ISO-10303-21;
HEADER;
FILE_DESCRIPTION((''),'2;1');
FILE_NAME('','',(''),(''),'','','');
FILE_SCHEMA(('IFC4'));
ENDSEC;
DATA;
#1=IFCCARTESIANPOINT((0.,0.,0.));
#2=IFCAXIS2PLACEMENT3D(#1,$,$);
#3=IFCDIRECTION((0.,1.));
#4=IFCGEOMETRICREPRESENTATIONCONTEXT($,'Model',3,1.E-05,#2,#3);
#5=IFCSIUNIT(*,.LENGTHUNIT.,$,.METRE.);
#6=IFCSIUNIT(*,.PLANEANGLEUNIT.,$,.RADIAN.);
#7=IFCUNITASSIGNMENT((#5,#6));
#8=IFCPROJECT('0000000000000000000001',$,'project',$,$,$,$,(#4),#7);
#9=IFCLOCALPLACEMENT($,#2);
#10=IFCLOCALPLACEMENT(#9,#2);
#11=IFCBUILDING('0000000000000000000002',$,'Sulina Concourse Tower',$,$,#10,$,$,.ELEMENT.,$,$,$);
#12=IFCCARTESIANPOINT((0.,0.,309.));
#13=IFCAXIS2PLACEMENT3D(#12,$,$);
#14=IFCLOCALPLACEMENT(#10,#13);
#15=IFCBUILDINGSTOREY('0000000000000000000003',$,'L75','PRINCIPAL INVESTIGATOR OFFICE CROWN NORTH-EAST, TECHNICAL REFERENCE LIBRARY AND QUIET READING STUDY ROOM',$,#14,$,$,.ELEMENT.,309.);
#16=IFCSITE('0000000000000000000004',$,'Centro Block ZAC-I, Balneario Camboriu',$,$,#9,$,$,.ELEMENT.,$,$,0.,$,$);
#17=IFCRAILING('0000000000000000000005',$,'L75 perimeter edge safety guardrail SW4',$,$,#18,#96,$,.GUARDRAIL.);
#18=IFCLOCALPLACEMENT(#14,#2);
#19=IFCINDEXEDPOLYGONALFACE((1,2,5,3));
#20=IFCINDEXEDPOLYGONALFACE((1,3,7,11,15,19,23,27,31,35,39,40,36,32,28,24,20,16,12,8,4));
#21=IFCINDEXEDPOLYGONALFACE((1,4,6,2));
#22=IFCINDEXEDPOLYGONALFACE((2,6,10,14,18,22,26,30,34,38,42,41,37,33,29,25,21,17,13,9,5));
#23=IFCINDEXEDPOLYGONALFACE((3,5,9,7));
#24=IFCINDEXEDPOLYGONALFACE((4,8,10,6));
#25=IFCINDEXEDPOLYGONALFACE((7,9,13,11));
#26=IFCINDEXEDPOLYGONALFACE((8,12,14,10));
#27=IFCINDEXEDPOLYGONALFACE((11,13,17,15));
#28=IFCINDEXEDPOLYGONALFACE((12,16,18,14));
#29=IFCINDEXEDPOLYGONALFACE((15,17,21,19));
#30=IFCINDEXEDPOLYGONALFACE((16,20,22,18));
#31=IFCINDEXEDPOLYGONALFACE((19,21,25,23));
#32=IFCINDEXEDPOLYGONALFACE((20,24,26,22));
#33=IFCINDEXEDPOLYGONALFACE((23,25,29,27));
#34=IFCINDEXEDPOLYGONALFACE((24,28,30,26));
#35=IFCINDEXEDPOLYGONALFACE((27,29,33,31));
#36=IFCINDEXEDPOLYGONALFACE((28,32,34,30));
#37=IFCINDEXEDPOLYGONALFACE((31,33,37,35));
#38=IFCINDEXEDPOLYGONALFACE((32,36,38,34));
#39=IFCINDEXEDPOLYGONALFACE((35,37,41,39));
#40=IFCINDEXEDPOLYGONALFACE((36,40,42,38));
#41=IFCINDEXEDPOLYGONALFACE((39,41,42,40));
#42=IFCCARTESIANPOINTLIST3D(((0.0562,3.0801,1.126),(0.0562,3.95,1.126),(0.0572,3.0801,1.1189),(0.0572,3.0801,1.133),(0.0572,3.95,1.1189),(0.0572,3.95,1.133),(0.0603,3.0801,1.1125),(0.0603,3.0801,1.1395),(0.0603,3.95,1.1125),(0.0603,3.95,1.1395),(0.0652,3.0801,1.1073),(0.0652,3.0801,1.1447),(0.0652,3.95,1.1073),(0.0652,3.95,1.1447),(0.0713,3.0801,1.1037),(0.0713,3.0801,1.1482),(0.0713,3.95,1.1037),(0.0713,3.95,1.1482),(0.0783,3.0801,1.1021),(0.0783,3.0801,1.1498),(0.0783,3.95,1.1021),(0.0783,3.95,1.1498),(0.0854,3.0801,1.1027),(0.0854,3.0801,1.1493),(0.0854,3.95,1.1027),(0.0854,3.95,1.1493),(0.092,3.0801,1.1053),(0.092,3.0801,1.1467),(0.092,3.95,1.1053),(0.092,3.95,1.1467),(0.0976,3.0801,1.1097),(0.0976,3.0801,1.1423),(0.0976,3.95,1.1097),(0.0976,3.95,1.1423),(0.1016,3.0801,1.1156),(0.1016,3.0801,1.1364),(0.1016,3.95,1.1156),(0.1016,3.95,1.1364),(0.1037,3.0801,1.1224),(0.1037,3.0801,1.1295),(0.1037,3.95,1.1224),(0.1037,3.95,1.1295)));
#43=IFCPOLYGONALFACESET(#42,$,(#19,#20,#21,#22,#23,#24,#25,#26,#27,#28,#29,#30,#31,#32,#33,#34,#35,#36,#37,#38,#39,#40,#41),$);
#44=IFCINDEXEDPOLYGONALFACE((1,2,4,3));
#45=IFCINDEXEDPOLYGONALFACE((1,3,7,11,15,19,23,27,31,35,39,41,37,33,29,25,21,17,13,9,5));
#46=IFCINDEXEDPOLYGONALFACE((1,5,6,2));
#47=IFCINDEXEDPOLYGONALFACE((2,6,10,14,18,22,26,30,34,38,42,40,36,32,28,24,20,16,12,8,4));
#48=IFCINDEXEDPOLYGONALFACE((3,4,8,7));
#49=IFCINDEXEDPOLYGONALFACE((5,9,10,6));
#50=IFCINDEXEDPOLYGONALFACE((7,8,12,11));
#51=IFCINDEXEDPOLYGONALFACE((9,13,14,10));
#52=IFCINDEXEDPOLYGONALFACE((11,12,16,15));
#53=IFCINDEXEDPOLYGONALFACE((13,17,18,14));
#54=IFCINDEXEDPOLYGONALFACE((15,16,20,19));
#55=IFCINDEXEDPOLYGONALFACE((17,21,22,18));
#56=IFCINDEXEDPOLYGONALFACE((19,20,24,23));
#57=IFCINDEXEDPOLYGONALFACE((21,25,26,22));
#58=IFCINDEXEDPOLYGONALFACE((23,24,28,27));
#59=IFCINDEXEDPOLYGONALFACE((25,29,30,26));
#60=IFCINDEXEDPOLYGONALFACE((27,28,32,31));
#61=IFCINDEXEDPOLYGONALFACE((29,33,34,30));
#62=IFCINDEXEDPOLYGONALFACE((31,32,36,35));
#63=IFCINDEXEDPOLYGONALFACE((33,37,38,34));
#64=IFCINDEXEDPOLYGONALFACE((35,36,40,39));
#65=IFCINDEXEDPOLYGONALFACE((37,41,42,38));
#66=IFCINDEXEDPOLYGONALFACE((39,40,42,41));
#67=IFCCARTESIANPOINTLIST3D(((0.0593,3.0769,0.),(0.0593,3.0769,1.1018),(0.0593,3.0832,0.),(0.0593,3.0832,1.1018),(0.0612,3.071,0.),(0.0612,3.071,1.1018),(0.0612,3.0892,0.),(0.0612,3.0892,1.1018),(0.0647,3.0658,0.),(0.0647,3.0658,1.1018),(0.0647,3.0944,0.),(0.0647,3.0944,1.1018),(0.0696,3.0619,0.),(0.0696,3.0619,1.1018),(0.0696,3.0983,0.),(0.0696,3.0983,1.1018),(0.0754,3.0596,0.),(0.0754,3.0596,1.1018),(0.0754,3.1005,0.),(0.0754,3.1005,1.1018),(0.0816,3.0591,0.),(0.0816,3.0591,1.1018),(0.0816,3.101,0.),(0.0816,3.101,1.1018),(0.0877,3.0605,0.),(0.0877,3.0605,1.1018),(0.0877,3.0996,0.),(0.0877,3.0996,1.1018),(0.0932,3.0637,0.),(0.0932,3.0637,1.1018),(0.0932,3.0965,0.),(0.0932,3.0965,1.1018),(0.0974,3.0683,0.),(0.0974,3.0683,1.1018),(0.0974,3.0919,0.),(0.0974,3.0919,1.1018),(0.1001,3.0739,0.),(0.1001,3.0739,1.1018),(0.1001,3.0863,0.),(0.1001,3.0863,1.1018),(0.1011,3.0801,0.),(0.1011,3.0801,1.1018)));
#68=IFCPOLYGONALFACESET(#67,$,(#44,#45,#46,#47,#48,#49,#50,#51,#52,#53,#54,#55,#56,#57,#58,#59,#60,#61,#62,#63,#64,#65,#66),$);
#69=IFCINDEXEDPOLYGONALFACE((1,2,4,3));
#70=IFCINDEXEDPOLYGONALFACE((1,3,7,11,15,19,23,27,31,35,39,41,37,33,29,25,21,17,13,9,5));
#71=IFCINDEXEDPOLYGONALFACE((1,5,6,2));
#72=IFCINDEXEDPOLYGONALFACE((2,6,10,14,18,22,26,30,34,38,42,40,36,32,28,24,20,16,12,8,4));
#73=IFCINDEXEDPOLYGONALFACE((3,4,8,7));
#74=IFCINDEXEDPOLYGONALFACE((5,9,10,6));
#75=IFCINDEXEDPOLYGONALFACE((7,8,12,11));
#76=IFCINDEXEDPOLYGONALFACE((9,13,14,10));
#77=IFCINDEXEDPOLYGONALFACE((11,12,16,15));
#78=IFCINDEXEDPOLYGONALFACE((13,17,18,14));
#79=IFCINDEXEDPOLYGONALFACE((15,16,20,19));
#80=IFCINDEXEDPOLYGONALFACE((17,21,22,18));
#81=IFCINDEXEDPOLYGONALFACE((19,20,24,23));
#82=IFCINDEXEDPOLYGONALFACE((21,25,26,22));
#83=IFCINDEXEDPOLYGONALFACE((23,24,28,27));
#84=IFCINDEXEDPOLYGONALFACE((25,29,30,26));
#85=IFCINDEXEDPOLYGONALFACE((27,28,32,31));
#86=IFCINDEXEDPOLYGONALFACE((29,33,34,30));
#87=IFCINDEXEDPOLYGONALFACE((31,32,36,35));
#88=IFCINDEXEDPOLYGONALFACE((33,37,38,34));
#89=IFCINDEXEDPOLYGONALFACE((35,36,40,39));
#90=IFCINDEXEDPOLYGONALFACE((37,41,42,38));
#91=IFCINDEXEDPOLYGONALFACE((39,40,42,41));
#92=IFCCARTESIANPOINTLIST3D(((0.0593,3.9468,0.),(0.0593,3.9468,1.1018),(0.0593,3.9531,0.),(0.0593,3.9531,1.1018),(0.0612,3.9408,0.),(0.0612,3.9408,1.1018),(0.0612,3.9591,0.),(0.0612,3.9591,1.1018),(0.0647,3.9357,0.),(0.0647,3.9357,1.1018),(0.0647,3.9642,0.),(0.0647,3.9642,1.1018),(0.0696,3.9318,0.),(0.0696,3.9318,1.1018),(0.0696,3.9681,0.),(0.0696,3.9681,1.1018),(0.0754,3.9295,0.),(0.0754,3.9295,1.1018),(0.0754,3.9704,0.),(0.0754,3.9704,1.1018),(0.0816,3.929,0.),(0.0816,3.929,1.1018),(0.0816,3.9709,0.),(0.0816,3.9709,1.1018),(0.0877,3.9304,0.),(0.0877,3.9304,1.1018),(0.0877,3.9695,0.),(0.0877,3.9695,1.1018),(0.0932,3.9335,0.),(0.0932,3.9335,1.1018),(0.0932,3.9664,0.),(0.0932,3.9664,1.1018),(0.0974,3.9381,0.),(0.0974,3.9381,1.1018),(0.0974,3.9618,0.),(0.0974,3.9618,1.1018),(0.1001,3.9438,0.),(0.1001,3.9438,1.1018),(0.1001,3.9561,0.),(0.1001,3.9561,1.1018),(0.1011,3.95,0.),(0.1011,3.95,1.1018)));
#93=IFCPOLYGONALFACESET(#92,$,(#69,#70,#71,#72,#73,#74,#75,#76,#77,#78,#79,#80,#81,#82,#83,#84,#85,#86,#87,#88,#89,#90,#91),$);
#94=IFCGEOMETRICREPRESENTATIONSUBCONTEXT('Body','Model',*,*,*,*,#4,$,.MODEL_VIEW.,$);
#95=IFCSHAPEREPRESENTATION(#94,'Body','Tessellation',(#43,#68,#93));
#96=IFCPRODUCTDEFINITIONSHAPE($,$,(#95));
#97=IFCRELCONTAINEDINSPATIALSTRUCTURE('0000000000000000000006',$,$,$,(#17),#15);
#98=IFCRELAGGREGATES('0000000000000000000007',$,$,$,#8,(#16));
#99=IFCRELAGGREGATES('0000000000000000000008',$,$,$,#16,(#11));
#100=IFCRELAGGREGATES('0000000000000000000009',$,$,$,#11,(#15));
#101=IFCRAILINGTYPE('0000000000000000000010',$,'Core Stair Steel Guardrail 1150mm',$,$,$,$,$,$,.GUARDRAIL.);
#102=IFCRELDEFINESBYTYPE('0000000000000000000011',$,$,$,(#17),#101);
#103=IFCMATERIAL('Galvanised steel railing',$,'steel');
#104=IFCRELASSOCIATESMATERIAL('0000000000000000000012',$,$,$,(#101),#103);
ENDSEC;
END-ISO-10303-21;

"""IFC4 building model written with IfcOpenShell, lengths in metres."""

from ifc_helpers import new_model, si_unit, direction, frame, origin, origin_2d, place, context, subcontext, project, spatial, circle, extrude, material, type_object, element, save


model = new_model("IFC4")

# Units and contexts
model_context = context("Model", 3, precision=1e-05, world=origin(), true_north=direction((0.0, 1.0)))
body_context = subcontext(model_context, "Body", "Model", "MODEL_VIEW")
ifc_project = project(units=[si_unit("LENGTHUNIT", "METRE"), si_unit("PLANEANGLEUNIT", "RADIAN")], contexts=[model_context])

# Site, building, storey
site_placement = place(None, origin())
site = spatial("IfcSite", under=ifc_project, at=site_placement, Name="Centro Block ZAC-I, Balneario Camboriu", CompositionType="ELEMENT", RefElevation=0.0)
building_placement = place(site_placement, origin())
building = spatial("IfcBuilding", under=site, at=building_placement, Name="Sulina Concourse Tower", CompositionType="ELEMENT")
storey_placement = place(building_placement, frame((0.0, 0.0, 309.0)))
storey = spatial("IfcBuildingStorey", under=building, at=storey_placement, Name="L75", Description="PRINCIPAL INVESTIGATOR OFFICE CROWN NORTH-EAST, TECHNICAL REFERENCE LIBRARY AND QUIET READING STUDY ROOM", CompositionType="ELEMENT", Elevation=309.0)

# Railing
ifc_material_1 = material(Name="Galvanised steel railing", Category="steel")
railing_type = type_object("IfcRailingType", Name="Core Stair Steel Guardrail 1150mm", PredefinedType="GUARDRAIL", material=ifc_material_1)
railing_1_placement = place(storey_placement, frame((0.0801, 3.0801, 0.0)))
element("IfcRailing", 1, at=railing_1_placement, inside=storey, type_object=railing_type, Name="L75 perimeter edge safety guardrail SW4", PredefinedType="GUARDRAIL", context=body_context, shape_type="SweptSolid", body=[
    extrude(circle(Radius=0.0239, at=origin_2d()), frame((0.0, 0.0, 1.126), z_axis=(0.0, 1.0, 0.0), x_axis=(-1.0, 0.0, 0.0)), (0.0, 0.0, 1.0), 0.8699),
    extrude(circle(Radius=0.021, at=origin_2d()), origin(), (0.0, 0.0, 1.0), 1.1018),
    extrude(circle(Radius=0.021, at=origin_2d()), frame((0.0, 0.8699, 0.0)), (0.0, 0.0, 1.0), 1.1018),
])

save(model, "model.ifc")
